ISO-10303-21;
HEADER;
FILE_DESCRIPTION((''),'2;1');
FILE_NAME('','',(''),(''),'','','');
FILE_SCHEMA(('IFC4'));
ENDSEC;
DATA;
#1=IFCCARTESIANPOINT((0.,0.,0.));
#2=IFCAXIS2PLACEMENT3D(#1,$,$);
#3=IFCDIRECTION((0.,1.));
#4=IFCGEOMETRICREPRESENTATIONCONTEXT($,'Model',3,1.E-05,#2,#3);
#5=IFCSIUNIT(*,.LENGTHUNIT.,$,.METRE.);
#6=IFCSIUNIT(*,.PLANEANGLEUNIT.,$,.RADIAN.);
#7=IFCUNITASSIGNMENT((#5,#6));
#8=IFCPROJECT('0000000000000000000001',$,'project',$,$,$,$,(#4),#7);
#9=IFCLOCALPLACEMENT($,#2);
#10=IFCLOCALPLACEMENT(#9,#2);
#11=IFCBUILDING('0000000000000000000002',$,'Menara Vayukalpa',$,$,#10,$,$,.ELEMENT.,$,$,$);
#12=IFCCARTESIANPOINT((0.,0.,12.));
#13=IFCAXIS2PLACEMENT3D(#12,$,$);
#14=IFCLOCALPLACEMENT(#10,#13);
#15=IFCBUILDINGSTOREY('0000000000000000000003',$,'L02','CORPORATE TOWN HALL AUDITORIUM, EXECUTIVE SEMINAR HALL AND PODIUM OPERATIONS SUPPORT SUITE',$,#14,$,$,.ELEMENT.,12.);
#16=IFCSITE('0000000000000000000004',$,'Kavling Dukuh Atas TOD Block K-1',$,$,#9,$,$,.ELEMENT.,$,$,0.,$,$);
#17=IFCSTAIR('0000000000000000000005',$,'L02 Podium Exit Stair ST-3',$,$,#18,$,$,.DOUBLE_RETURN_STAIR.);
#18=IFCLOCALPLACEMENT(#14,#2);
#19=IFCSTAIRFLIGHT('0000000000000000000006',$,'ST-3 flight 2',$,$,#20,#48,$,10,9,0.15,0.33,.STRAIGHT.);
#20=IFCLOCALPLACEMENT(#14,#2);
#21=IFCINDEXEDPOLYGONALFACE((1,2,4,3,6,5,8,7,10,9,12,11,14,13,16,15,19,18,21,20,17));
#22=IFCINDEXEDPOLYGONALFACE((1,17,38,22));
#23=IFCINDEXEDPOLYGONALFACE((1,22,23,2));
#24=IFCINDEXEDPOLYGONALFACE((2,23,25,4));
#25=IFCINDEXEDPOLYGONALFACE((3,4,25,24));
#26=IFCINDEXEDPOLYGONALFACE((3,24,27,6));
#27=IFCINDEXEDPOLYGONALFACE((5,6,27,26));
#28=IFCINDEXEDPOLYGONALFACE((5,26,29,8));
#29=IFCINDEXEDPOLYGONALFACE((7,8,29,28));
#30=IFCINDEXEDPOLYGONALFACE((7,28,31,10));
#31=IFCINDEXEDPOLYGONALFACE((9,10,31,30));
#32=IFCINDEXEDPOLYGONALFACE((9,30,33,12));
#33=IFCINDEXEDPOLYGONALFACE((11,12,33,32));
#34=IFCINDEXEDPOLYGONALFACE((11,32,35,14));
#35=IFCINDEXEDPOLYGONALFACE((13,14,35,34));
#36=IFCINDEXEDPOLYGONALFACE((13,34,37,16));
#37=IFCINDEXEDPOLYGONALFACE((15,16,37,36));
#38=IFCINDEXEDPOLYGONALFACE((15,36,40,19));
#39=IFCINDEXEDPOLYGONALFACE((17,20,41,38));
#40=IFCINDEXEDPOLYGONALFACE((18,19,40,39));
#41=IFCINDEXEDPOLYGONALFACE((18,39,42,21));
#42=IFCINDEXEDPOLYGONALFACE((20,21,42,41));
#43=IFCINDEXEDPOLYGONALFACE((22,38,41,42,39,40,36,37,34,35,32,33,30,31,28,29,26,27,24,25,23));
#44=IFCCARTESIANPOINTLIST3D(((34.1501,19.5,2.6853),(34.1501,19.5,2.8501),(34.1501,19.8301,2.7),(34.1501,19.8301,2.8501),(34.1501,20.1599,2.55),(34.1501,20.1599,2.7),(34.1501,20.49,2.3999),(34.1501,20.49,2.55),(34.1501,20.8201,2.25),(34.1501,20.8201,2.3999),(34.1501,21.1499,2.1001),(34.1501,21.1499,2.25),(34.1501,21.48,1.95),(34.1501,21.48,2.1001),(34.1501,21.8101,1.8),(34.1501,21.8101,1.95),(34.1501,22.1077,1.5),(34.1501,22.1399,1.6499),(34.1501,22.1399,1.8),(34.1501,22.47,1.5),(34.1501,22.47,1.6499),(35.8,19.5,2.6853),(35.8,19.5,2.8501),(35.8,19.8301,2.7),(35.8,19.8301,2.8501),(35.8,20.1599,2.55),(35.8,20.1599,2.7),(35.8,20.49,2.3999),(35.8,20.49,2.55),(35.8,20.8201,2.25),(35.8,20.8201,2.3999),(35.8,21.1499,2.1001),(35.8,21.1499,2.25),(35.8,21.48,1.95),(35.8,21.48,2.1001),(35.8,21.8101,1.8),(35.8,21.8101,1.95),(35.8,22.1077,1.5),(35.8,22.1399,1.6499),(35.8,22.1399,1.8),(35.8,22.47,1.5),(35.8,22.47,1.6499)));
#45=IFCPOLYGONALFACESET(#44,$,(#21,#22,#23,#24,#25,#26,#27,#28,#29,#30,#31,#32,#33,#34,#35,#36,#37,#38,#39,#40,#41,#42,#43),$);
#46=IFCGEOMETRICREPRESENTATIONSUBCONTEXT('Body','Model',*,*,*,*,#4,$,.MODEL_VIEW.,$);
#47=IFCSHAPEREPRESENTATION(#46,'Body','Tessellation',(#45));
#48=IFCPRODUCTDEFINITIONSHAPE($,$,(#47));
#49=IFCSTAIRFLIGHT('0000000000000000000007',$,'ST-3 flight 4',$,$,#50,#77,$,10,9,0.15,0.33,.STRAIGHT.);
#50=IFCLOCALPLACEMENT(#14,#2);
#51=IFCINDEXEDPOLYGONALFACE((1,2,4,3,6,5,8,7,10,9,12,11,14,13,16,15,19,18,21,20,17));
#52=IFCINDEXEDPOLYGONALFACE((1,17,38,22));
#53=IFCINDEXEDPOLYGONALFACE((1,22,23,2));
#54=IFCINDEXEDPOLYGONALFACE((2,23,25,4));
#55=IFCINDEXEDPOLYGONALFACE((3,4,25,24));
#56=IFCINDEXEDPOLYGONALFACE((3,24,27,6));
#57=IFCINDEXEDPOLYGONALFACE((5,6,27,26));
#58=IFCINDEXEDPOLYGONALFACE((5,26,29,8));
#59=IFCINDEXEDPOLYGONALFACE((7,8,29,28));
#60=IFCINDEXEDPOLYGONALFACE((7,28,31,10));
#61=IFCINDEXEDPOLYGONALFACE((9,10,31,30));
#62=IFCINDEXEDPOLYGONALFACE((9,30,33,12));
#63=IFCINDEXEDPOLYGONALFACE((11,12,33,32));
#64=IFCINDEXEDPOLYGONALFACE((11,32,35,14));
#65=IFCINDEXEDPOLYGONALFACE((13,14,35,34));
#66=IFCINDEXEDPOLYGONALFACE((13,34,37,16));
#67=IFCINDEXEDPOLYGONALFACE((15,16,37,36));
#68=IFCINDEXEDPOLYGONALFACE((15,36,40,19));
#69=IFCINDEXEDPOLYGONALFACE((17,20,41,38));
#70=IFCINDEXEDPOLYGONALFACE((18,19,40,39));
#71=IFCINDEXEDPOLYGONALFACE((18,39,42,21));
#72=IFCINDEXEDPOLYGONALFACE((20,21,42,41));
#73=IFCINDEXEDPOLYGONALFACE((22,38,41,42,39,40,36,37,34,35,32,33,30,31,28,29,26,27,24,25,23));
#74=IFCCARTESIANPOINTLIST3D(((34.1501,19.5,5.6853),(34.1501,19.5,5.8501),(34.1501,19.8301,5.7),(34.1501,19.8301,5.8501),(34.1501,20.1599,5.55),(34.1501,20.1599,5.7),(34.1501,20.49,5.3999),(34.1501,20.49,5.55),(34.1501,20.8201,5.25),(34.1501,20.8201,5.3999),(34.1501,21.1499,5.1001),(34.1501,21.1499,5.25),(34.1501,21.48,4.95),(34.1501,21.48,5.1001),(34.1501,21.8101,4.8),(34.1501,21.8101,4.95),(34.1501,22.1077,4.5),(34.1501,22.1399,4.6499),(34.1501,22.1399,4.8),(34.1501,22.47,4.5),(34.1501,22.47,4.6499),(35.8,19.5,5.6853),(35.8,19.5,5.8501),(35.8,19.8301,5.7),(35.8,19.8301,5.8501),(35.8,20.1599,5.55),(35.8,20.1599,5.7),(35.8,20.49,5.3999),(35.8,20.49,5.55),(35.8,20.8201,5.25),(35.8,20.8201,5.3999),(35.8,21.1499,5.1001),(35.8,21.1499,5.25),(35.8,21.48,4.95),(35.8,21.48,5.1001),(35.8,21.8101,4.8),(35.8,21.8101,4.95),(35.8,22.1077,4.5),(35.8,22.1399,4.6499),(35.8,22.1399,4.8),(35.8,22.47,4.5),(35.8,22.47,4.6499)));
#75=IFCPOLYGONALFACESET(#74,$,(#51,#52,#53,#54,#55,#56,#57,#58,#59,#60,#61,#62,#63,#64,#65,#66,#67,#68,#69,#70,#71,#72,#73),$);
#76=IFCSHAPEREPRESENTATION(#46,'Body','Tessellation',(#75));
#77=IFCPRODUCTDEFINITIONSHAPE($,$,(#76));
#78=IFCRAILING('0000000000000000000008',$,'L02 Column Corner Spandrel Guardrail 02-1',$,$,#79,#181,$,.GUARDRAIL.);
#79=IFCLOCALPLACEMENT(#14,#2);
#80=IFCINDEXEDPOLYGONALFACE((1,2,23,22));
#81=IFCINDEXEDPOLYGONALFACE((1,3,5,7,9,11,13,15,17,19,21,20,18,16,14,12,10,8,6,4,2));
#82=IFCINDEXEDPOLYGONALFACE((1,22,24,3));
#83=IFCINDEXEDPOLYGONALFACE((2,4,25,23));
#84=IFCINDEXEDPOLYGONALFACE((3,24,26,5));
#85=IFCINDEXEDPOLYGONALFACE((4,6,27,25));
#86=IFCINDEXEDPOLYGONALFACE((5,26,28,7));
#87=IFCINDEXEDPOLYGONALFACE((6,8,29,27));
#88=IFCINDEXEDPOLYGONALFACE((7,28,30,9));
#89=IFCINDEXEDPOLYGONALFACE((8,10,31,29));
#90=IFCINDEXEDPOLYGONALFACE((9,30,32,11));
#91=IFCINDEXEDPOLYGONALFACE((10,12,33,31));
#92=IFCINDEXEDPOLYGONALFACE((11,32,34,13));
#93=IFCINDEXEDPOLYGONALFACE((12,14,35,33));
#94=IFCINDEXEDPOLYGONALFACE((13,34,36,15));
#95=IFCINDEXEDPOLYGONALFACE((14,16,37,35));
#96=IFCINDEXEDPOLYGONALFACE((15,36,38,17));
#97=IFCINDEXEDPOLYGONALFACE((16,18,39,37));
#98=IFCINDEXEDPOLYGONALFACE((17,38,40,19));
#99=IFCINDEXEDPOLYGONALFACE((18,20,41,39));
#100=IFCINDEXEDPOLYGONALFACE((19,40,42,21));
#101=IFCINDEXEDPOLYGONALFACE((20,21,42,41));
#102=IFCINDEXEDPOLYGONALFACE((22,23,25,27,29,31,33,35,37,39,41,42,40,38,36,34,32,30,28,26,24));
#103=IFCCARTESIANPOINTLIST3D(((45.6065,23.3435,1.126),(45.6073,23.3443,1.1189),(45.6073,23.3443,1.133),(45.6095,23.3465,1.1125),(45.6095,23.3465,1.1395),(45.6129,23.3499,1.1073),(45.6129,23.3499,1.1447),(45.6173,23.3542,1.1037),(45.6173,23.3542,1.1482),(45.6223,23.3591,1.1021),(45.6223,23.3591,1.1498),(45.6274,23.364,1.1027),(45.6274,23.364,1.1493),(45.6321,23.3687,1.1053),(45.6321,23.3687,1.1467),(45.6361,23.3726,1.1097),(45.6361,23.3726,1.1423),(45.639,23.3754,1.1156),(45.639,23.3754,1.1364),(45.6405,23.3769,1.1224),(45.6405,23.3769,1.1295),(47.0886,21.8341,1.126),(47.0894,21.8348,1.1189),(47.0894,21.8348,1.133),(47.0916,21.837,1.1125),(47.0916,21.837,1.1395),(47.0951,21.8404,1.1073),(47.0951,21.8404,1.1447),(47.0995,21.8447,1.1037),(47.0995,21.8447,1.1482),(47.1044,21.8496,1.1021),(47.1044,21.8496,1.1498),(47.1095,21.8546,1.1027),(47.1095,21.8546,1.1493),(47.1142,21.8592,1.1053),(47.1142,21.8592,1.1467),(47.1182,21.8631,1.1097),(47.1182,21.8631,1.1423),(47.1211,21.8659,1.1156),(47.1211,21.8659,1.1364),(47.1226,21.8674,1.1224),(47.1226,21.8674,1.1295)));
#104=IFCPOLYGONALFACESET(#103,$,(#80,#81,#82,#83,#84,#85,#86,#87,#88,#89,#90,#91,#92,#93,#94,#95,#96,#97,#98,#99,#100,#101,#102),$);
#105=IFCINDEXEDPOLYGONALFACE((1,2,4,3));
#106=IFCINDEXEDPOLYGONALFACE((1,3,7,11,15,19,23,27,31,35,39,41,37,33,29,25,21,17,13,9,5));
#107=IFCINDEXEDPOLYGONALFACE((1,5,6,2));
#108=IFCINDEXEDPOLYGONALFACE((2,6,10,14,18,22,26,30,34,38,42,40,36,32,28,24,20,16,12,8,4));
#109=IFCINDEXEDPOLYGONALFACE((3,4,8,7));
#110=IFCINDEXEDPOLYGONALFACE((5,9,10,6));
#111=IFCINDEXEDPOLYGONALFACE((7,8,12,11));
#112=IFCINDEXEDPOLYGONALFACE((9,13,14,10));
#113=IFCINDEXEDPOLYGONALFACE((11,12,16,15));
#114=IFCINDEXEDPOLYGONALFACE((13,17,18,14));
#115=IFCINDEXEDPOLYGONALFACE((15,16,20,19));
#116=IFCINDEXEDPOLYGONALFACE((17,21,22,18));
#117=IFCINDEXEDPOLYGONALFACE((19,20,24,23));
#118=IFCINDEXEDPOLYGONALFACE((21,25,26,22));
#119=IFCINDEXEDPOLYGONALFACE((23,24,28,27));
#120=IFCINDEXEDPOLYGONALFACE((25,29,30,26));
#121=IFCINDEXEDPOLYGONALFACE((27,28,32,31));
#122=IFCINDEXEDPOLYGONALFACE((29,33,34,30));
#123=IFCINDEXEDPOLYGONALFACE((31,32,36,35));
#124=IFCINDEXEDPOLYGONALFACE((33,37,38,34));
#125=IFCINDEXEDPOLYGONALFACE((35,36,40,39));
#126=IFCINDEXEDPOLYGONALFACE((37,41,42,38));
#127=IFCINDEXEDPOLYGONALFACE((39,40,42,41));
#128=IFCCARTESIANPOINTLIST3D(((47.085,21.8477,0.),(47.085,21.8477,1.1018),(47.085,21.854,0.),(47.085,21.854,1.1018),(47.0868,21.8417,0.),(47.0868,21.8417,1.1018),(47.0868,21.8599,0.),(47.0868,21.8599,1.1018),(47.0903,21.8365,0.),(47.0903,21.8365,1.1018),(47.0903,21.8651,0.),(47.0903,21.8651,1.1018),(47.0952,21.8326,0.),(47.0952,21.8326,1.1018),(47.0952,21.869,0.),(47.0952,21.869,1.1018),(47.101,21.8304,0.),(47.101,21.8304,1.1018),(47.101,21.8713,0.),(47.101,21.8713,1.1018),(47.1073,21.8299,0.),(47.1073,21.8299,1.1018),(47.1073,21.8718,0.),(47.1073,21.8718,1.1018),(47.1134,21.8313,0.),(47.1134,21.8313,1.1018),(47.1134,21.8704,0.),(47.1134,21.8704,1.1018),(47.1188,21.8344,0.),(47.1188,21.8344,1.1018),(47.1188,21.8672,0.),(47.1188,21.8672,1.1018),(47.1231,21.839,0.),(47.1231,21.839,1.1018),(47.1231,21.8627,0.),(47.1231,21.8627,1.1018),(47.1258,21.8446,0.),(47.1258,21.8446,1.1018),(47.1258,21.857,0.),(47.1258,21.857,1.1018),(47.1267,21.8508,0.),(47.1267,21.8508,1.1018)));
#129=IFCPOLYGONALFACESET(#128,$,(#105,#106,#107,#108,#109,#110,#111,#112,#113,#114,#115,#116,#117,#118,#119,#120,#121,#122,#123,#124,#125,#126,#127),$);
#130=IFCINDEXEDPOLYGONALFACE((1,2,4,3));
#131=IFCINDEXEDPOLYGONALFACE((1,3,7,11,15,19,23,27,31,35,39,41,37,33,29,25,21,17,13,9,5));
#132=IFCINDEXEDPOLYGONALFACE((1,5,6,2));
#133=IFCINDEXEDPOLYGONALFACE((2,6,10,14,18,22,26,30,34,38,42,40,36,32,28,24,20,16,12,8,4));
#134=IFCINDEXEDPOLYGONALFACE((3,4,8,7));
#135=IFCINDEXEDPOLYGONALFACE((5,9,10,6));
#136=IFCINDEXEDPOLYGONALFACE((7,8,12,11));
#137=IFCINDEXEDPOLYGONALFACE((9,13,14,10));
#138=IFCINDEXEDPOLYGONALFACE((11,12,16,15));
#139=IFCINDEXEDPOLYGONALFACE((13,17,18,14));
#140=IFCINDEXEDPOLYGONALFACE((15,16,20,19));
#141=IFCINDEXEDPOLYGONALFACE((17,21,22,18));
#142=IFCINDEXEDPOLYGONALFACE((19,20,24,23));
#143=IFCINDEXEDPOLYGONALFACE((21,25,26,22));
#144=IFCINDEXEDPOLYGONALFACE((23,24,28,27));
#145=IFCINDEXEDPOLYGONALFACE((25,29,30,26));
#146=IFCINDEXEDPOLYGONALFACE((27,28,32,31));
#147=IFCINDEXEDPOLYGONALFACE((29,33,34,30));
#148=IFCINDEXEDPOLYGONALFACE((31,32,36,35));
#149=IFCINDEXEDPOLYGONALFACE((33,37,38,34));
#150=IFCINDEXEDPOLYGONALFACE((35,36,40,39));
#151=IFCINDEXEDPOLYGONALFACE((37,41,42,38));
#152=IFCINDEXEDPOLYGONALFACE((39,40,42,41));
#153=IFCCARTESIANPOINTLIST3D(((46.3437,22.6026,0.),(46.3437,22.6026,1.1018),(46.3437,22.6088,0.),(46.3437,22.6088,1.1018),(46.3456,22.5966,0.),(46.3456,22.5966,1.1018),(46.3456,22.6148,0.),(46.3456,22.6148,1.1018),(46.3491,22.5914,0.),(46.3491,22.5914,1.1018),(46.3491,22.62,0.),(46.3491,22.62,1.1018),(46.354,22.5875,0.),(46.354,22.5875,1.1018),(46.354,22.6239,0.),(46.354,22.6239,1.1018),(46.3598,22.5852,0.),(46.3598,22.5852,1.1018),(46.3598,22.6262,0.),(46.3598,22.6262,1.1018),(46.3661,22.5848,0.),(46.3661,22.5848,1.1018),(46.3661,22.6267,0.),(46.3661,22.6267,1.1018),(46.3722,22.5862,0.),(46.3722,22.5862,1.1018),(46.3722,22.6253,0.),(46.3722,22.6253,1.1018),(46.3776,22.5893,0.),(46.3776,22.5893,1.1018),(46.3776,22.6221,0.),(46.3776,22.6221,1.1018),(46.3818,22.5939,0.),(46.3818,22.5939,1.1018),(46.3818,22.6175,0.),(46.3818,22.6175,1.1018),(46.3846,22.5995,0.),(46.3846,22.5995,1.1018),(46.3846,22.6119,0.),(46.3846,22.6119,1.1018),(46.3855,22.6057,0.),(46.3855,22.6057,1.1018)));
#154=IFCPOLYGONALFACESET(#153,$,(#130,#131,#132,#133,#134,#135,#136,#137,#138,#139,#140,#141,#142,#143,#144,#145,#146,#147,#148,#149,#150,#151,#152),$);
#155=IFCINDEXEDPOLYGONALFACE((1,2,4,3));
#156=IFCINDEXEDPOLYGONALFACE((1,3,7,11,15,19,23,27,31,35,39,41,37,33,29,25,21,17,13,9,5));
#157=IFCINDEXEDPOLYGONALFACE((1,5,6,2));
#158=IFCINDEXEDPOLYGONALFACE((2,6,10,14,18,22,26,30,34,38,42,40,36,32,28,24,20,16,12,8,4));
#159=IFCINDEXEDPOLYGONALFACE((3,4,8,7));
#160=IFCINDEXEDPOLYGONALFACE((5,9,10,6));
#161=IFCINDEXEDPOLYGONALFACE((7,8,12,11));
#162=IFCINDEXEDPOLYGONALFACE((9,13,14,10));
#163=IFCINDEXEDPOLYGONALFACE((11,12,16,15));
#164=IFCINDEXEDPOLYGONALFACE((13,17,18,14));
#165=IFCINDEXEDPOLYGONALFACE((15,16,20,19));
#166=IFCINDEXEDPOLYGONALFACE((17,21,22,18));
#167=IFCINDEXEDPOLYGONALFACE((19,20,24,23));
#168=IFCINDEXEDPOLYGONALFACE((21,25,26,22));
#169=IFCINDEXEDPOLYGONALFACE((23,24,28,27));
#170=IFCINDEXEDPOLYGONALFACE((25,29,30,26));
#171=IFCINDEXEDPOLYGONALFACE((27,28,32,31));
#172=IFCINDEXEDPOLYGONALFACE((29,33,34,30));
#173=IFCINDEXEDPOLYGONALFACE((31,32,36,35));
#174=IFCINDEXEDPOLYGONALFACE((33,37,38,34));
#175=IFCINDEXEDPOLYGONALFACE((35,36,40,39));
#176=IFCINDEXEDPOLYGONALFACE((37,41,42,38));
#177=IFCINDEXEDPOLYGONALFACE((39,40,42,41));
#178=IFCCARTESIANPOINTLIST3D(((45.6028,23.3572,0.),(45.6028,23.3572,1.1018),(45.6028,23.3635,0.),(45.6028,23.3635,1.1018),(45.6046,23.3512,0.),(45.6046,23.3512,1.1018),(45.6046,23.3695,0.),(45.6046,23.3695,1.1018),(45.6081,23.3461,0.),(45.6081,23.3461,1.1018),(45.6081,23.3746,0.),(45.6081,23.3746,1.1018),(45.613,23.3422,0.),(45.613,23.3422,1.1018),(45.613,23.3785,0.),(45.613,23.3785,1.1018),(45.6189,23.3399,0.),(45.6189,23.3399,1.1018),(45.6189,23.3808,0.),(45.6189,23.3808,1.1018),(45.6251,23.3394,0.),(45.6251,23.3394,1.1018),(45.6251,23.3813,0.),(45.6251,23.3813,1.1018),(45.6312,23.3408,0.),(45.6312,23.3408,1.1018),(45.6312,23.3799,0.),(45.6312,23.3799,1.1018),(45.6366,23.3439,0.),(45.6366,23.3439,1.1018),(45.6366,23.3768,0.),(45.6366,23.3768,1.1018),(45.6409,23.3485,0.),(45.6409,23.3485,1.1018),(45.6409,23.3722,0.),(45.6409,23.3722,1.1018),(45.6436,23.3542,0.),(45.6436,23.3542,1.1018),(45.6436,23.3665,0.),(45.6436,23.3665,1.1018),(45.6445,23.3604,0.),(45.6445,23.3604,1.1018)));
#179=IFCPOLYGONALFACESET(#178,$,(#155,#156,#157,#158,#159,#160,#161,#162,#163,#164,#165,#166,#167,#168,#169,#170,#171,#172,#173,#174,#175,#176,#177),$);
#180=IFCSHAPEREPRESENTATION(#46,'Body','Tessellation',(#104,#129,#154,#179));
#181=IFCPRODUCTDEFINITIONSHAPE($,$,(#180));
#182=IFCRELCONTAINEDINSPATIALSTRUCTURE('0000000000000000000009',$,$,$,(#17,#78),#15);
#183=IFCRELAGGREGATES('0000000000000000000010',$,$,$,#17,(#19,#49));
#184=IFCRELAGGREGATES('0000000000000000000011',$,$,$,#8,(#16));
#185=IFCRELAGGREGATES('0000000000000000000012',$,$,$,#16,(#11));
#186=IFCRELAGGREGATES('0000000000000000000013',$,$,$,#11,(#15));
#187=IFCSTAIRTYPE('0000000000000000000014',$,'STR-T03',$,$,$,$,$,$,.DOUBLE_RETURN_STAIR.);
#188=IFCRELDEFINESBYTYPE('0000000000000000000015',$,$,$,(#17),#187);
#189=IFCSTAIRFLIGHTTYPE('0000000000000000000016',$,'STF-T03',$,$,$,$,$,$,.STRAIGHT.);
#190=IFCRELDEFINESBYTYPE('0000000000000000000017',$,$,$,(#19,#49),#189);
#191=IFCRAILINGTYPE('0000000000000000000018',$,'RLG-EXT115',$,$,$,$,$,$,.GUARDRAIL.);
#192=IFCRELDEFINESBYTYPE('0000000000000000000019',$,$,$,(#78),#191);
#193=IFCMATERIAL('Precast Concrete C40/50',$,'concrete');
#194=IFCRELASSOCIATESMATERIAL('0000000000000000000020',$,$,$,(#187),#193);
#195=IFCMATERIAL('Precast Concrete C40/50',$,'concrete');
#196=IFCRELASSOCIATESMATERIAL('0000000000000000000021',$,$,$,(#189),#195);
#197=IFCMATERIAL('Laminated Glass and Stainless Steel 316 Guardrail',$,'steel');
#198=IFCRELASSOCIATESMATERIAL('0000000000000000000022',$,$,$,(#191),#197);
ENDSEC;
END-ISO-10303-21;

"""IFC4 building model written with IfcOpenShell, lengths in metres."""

from ifc_helpers import new_model, si_unit, direction, frame, origin, origin_2d, place, context, subcontext, project, spatial, polyline, circle, outline, extrude, material, type_object, element, aggregate, save


model = new_model("IFC4")

# Units and contexts
model_context = context("Model", 3, precision=1e-05, world=origin(), true_north=direction((0.0, 1.0)))
body_context = subcontext(model_context, "Body", "Model", "MODEL_VIEW")
ifc_project = project(units=[si_unit("LENGTHUNIT", "METRE"), si_unit("PLANEANGLEUNIT", "RADIAN")], contexts=[model_context])

# Site, building, storey
site_placement = place(None, origin())
site = spatial("IfcSite", under=ifc_project, at=site_placement, Name="Kavling Dukuh Atas TOD Block K-1", CompositionType="ELEMENT", RefElevation=0.0)
building_placement = place(site_placement, origin())
building = spatial("IfcBuilding", under=site, at=building_placement, Name="Menara Vayukalpa", CompositionType="ELEMENT")
storey_placement = place(building_placement, frame((0.0, 0.0, 12.0)))
storey = spatial("IfcBuildingStorey", under=building, at=storey_placement, Name="L02", Description="CORPORATE TOWN HALL AUDITORIUM, EXECUTIVE SEMINAR HALL AND PODIUM OPERATIONS SUPPORT SUITE", CompositionType="ELEMENT", Elevation=12.0)

# Stair, stair flights
ifc_material_1 = material(Name="Precast Concrete C40/50", Category="concrete")
stair_type = type_object("IfcStairType", Name="STR-T03", PredefinedType="DOUBLE_RETURN_STAIR", material=ifc_material_1)
stair_placement = place(storey_placement, origin())
stair = element("IfcStair", 1, at=stair_placement, inside=storey, type_object=stair_type, Name="L02 Podium Exit Stair ST-3", PredefinedType="DOUBLE_RETURN_STAIR")
ifc_material_2 = material(Name="Precast Concrete C40/50", Category="concrete")
stair_flight_type = type_object("IfcStairFlightType", Name="STF-T03", PredefinedType="STRAIGHT", material=ifc_material_2)
stair_flight_1_placement = place(storey_placement, frame((34.9751, 22.47, 1.5), z_axis=(0.0, 0.0, 1.0), x_axis=(0.0, -1.0, 0.0)))
stair_flight_1 = element("IfcStairFlight", 2, at=stair_flight_1_placement, type_object=stair_flight_type, Name="ST-3 flight 2", NumberOfRisers=10, NumberOfTreads=9, PredefinedType="STRAIGHT", RiserHeight=0.15, TreadLength=0.33, context=body_context, shape_type="SweptSolid", body=[
    extrude(outline(polyline([(0.0, 0.0), (0.0, 0.1499), (0.3301, 0.1499), (0.3301, 0.3), (0.6599, 0.3), (0.6599, 0.45), (0.99, 0.45), (0.99, 0.6001), (1.3201, 0.6001), (1.3201, 0.75), (1.6499, 0.75), (1.6499, 0.8999), (1.98, 0.8999), (1.98, 1.05), (2.3101, 1.05), (2.3101, 1.2), (2.6399, 1.2), (2.6399, 1.3501), (2.97, 1.3501), (2.97, 1.5), (2.97, 1.1853), (0.3623, 0.0), (0.0, 0.0)])), frame((0.0, 0.825, 0.0), z_axis=(0.0, -1.0, 0.0), x_axis=(1.0, 0.0, 0.0)), (0.0, 0.0, 1.0), 1.6499),
])
stair_flight_2_placement = place(storey_placement, frame((34.9751, 22.47, 4.5), z_axis=(0.0, 0.0, 1.0), x_axis=(0.0, -1.0, 0.0)))
stair_flight_2 = element("IfcStairFlight", 3, at=stair_flight_2_placement, type_object=stair_flight_type, Name="ST-3 flight 4", NumberOfRisers=10, NumberOfTreads=9, PredefinedType="STRAIGHT", RiserHeight=0.15, TreadLength=0.33, context=body_context, shape_type="SweptSolid", body=[
    extrude(outline(polyline([(0.0, 0.0), (0.0, 0.1499), (0.3301, 0.1499), (0.3301, 0.3), (0.6599, 0.3), (0.6599, 0.45), (0.99, 0.45), (0.99, 0.6001), (1.3201, 0.6001), (1.3201, 0.75), (1.6499, 0.75), (1.6499, 0.8999), (1.98, 0.8999), (1.98, 1.05), (2.3101, 1.05), (2.3101, 1.2), (2.6399, 1.2), (2.6399, 1.3501), (2.97, 1.3501), (2.97, 1.5), (2.97, 1.1853), (0.3623, 0.0), (0.0, 0.0)])), frame((0.0, 0.825, 0.0), z_axis=(0.0, -1.0, 0.0), x_axis=(1.0, 0.0, 0.0)), (0.0, 0.0, 1.0), 1.6499),
])
aggregate(stair, [stair_flight_1, stair_flight_2])

# Railing
ifc_material_3 = material(Name="Laminated Glass and Stainless Steel 316 Guardrail", Category="steel")
railing_type_1 = type_object("IfcRailingType", Name="RLG-EXT115", PredefinedType="GUARDRAIL", material=ifc_material_3)
railing_1_placement = place(storey_placement, frame((47.1057, 21.8508, 0.0)))
element("IfcRailing", 4, at=railing_1_placement, inside=storey, type_object=railing_type_1, Name="L02 Column Corner Spandrel Guardrail 02-1", PredefinedType="GUARDRAIL", context=body_context, shape_type="SweptSolid", body=[
    extrude(circle(Radius=0.0239, at=origin_2d()), frame((0.0, 0.0, 1.126), z_axis=(-0.700615, 0.71354, 0.0), x_axis=(-0.71354, -0.700615, 0.0)), (0.0, 0.0, 1.0), 2.1155),
    extrude(circle(Radius=0.021, at=origin_2d()), origin(), (0.0, 0.0, 1.0), 1.1018),
    extrude(circle(Radius=0.021, at=origin_2d()), frame((-0.7412, 0.7549, 0.0)), (0.0, 0.0, 1.0), 1.1018),
    extrude(circle(Radius=0.021, at=origin_2d()), frame((-1.4822, 1.5095, 0.0)), (0.0, 0.0, 1.0), 1.1018),
])

save(model, "model.ifc")
